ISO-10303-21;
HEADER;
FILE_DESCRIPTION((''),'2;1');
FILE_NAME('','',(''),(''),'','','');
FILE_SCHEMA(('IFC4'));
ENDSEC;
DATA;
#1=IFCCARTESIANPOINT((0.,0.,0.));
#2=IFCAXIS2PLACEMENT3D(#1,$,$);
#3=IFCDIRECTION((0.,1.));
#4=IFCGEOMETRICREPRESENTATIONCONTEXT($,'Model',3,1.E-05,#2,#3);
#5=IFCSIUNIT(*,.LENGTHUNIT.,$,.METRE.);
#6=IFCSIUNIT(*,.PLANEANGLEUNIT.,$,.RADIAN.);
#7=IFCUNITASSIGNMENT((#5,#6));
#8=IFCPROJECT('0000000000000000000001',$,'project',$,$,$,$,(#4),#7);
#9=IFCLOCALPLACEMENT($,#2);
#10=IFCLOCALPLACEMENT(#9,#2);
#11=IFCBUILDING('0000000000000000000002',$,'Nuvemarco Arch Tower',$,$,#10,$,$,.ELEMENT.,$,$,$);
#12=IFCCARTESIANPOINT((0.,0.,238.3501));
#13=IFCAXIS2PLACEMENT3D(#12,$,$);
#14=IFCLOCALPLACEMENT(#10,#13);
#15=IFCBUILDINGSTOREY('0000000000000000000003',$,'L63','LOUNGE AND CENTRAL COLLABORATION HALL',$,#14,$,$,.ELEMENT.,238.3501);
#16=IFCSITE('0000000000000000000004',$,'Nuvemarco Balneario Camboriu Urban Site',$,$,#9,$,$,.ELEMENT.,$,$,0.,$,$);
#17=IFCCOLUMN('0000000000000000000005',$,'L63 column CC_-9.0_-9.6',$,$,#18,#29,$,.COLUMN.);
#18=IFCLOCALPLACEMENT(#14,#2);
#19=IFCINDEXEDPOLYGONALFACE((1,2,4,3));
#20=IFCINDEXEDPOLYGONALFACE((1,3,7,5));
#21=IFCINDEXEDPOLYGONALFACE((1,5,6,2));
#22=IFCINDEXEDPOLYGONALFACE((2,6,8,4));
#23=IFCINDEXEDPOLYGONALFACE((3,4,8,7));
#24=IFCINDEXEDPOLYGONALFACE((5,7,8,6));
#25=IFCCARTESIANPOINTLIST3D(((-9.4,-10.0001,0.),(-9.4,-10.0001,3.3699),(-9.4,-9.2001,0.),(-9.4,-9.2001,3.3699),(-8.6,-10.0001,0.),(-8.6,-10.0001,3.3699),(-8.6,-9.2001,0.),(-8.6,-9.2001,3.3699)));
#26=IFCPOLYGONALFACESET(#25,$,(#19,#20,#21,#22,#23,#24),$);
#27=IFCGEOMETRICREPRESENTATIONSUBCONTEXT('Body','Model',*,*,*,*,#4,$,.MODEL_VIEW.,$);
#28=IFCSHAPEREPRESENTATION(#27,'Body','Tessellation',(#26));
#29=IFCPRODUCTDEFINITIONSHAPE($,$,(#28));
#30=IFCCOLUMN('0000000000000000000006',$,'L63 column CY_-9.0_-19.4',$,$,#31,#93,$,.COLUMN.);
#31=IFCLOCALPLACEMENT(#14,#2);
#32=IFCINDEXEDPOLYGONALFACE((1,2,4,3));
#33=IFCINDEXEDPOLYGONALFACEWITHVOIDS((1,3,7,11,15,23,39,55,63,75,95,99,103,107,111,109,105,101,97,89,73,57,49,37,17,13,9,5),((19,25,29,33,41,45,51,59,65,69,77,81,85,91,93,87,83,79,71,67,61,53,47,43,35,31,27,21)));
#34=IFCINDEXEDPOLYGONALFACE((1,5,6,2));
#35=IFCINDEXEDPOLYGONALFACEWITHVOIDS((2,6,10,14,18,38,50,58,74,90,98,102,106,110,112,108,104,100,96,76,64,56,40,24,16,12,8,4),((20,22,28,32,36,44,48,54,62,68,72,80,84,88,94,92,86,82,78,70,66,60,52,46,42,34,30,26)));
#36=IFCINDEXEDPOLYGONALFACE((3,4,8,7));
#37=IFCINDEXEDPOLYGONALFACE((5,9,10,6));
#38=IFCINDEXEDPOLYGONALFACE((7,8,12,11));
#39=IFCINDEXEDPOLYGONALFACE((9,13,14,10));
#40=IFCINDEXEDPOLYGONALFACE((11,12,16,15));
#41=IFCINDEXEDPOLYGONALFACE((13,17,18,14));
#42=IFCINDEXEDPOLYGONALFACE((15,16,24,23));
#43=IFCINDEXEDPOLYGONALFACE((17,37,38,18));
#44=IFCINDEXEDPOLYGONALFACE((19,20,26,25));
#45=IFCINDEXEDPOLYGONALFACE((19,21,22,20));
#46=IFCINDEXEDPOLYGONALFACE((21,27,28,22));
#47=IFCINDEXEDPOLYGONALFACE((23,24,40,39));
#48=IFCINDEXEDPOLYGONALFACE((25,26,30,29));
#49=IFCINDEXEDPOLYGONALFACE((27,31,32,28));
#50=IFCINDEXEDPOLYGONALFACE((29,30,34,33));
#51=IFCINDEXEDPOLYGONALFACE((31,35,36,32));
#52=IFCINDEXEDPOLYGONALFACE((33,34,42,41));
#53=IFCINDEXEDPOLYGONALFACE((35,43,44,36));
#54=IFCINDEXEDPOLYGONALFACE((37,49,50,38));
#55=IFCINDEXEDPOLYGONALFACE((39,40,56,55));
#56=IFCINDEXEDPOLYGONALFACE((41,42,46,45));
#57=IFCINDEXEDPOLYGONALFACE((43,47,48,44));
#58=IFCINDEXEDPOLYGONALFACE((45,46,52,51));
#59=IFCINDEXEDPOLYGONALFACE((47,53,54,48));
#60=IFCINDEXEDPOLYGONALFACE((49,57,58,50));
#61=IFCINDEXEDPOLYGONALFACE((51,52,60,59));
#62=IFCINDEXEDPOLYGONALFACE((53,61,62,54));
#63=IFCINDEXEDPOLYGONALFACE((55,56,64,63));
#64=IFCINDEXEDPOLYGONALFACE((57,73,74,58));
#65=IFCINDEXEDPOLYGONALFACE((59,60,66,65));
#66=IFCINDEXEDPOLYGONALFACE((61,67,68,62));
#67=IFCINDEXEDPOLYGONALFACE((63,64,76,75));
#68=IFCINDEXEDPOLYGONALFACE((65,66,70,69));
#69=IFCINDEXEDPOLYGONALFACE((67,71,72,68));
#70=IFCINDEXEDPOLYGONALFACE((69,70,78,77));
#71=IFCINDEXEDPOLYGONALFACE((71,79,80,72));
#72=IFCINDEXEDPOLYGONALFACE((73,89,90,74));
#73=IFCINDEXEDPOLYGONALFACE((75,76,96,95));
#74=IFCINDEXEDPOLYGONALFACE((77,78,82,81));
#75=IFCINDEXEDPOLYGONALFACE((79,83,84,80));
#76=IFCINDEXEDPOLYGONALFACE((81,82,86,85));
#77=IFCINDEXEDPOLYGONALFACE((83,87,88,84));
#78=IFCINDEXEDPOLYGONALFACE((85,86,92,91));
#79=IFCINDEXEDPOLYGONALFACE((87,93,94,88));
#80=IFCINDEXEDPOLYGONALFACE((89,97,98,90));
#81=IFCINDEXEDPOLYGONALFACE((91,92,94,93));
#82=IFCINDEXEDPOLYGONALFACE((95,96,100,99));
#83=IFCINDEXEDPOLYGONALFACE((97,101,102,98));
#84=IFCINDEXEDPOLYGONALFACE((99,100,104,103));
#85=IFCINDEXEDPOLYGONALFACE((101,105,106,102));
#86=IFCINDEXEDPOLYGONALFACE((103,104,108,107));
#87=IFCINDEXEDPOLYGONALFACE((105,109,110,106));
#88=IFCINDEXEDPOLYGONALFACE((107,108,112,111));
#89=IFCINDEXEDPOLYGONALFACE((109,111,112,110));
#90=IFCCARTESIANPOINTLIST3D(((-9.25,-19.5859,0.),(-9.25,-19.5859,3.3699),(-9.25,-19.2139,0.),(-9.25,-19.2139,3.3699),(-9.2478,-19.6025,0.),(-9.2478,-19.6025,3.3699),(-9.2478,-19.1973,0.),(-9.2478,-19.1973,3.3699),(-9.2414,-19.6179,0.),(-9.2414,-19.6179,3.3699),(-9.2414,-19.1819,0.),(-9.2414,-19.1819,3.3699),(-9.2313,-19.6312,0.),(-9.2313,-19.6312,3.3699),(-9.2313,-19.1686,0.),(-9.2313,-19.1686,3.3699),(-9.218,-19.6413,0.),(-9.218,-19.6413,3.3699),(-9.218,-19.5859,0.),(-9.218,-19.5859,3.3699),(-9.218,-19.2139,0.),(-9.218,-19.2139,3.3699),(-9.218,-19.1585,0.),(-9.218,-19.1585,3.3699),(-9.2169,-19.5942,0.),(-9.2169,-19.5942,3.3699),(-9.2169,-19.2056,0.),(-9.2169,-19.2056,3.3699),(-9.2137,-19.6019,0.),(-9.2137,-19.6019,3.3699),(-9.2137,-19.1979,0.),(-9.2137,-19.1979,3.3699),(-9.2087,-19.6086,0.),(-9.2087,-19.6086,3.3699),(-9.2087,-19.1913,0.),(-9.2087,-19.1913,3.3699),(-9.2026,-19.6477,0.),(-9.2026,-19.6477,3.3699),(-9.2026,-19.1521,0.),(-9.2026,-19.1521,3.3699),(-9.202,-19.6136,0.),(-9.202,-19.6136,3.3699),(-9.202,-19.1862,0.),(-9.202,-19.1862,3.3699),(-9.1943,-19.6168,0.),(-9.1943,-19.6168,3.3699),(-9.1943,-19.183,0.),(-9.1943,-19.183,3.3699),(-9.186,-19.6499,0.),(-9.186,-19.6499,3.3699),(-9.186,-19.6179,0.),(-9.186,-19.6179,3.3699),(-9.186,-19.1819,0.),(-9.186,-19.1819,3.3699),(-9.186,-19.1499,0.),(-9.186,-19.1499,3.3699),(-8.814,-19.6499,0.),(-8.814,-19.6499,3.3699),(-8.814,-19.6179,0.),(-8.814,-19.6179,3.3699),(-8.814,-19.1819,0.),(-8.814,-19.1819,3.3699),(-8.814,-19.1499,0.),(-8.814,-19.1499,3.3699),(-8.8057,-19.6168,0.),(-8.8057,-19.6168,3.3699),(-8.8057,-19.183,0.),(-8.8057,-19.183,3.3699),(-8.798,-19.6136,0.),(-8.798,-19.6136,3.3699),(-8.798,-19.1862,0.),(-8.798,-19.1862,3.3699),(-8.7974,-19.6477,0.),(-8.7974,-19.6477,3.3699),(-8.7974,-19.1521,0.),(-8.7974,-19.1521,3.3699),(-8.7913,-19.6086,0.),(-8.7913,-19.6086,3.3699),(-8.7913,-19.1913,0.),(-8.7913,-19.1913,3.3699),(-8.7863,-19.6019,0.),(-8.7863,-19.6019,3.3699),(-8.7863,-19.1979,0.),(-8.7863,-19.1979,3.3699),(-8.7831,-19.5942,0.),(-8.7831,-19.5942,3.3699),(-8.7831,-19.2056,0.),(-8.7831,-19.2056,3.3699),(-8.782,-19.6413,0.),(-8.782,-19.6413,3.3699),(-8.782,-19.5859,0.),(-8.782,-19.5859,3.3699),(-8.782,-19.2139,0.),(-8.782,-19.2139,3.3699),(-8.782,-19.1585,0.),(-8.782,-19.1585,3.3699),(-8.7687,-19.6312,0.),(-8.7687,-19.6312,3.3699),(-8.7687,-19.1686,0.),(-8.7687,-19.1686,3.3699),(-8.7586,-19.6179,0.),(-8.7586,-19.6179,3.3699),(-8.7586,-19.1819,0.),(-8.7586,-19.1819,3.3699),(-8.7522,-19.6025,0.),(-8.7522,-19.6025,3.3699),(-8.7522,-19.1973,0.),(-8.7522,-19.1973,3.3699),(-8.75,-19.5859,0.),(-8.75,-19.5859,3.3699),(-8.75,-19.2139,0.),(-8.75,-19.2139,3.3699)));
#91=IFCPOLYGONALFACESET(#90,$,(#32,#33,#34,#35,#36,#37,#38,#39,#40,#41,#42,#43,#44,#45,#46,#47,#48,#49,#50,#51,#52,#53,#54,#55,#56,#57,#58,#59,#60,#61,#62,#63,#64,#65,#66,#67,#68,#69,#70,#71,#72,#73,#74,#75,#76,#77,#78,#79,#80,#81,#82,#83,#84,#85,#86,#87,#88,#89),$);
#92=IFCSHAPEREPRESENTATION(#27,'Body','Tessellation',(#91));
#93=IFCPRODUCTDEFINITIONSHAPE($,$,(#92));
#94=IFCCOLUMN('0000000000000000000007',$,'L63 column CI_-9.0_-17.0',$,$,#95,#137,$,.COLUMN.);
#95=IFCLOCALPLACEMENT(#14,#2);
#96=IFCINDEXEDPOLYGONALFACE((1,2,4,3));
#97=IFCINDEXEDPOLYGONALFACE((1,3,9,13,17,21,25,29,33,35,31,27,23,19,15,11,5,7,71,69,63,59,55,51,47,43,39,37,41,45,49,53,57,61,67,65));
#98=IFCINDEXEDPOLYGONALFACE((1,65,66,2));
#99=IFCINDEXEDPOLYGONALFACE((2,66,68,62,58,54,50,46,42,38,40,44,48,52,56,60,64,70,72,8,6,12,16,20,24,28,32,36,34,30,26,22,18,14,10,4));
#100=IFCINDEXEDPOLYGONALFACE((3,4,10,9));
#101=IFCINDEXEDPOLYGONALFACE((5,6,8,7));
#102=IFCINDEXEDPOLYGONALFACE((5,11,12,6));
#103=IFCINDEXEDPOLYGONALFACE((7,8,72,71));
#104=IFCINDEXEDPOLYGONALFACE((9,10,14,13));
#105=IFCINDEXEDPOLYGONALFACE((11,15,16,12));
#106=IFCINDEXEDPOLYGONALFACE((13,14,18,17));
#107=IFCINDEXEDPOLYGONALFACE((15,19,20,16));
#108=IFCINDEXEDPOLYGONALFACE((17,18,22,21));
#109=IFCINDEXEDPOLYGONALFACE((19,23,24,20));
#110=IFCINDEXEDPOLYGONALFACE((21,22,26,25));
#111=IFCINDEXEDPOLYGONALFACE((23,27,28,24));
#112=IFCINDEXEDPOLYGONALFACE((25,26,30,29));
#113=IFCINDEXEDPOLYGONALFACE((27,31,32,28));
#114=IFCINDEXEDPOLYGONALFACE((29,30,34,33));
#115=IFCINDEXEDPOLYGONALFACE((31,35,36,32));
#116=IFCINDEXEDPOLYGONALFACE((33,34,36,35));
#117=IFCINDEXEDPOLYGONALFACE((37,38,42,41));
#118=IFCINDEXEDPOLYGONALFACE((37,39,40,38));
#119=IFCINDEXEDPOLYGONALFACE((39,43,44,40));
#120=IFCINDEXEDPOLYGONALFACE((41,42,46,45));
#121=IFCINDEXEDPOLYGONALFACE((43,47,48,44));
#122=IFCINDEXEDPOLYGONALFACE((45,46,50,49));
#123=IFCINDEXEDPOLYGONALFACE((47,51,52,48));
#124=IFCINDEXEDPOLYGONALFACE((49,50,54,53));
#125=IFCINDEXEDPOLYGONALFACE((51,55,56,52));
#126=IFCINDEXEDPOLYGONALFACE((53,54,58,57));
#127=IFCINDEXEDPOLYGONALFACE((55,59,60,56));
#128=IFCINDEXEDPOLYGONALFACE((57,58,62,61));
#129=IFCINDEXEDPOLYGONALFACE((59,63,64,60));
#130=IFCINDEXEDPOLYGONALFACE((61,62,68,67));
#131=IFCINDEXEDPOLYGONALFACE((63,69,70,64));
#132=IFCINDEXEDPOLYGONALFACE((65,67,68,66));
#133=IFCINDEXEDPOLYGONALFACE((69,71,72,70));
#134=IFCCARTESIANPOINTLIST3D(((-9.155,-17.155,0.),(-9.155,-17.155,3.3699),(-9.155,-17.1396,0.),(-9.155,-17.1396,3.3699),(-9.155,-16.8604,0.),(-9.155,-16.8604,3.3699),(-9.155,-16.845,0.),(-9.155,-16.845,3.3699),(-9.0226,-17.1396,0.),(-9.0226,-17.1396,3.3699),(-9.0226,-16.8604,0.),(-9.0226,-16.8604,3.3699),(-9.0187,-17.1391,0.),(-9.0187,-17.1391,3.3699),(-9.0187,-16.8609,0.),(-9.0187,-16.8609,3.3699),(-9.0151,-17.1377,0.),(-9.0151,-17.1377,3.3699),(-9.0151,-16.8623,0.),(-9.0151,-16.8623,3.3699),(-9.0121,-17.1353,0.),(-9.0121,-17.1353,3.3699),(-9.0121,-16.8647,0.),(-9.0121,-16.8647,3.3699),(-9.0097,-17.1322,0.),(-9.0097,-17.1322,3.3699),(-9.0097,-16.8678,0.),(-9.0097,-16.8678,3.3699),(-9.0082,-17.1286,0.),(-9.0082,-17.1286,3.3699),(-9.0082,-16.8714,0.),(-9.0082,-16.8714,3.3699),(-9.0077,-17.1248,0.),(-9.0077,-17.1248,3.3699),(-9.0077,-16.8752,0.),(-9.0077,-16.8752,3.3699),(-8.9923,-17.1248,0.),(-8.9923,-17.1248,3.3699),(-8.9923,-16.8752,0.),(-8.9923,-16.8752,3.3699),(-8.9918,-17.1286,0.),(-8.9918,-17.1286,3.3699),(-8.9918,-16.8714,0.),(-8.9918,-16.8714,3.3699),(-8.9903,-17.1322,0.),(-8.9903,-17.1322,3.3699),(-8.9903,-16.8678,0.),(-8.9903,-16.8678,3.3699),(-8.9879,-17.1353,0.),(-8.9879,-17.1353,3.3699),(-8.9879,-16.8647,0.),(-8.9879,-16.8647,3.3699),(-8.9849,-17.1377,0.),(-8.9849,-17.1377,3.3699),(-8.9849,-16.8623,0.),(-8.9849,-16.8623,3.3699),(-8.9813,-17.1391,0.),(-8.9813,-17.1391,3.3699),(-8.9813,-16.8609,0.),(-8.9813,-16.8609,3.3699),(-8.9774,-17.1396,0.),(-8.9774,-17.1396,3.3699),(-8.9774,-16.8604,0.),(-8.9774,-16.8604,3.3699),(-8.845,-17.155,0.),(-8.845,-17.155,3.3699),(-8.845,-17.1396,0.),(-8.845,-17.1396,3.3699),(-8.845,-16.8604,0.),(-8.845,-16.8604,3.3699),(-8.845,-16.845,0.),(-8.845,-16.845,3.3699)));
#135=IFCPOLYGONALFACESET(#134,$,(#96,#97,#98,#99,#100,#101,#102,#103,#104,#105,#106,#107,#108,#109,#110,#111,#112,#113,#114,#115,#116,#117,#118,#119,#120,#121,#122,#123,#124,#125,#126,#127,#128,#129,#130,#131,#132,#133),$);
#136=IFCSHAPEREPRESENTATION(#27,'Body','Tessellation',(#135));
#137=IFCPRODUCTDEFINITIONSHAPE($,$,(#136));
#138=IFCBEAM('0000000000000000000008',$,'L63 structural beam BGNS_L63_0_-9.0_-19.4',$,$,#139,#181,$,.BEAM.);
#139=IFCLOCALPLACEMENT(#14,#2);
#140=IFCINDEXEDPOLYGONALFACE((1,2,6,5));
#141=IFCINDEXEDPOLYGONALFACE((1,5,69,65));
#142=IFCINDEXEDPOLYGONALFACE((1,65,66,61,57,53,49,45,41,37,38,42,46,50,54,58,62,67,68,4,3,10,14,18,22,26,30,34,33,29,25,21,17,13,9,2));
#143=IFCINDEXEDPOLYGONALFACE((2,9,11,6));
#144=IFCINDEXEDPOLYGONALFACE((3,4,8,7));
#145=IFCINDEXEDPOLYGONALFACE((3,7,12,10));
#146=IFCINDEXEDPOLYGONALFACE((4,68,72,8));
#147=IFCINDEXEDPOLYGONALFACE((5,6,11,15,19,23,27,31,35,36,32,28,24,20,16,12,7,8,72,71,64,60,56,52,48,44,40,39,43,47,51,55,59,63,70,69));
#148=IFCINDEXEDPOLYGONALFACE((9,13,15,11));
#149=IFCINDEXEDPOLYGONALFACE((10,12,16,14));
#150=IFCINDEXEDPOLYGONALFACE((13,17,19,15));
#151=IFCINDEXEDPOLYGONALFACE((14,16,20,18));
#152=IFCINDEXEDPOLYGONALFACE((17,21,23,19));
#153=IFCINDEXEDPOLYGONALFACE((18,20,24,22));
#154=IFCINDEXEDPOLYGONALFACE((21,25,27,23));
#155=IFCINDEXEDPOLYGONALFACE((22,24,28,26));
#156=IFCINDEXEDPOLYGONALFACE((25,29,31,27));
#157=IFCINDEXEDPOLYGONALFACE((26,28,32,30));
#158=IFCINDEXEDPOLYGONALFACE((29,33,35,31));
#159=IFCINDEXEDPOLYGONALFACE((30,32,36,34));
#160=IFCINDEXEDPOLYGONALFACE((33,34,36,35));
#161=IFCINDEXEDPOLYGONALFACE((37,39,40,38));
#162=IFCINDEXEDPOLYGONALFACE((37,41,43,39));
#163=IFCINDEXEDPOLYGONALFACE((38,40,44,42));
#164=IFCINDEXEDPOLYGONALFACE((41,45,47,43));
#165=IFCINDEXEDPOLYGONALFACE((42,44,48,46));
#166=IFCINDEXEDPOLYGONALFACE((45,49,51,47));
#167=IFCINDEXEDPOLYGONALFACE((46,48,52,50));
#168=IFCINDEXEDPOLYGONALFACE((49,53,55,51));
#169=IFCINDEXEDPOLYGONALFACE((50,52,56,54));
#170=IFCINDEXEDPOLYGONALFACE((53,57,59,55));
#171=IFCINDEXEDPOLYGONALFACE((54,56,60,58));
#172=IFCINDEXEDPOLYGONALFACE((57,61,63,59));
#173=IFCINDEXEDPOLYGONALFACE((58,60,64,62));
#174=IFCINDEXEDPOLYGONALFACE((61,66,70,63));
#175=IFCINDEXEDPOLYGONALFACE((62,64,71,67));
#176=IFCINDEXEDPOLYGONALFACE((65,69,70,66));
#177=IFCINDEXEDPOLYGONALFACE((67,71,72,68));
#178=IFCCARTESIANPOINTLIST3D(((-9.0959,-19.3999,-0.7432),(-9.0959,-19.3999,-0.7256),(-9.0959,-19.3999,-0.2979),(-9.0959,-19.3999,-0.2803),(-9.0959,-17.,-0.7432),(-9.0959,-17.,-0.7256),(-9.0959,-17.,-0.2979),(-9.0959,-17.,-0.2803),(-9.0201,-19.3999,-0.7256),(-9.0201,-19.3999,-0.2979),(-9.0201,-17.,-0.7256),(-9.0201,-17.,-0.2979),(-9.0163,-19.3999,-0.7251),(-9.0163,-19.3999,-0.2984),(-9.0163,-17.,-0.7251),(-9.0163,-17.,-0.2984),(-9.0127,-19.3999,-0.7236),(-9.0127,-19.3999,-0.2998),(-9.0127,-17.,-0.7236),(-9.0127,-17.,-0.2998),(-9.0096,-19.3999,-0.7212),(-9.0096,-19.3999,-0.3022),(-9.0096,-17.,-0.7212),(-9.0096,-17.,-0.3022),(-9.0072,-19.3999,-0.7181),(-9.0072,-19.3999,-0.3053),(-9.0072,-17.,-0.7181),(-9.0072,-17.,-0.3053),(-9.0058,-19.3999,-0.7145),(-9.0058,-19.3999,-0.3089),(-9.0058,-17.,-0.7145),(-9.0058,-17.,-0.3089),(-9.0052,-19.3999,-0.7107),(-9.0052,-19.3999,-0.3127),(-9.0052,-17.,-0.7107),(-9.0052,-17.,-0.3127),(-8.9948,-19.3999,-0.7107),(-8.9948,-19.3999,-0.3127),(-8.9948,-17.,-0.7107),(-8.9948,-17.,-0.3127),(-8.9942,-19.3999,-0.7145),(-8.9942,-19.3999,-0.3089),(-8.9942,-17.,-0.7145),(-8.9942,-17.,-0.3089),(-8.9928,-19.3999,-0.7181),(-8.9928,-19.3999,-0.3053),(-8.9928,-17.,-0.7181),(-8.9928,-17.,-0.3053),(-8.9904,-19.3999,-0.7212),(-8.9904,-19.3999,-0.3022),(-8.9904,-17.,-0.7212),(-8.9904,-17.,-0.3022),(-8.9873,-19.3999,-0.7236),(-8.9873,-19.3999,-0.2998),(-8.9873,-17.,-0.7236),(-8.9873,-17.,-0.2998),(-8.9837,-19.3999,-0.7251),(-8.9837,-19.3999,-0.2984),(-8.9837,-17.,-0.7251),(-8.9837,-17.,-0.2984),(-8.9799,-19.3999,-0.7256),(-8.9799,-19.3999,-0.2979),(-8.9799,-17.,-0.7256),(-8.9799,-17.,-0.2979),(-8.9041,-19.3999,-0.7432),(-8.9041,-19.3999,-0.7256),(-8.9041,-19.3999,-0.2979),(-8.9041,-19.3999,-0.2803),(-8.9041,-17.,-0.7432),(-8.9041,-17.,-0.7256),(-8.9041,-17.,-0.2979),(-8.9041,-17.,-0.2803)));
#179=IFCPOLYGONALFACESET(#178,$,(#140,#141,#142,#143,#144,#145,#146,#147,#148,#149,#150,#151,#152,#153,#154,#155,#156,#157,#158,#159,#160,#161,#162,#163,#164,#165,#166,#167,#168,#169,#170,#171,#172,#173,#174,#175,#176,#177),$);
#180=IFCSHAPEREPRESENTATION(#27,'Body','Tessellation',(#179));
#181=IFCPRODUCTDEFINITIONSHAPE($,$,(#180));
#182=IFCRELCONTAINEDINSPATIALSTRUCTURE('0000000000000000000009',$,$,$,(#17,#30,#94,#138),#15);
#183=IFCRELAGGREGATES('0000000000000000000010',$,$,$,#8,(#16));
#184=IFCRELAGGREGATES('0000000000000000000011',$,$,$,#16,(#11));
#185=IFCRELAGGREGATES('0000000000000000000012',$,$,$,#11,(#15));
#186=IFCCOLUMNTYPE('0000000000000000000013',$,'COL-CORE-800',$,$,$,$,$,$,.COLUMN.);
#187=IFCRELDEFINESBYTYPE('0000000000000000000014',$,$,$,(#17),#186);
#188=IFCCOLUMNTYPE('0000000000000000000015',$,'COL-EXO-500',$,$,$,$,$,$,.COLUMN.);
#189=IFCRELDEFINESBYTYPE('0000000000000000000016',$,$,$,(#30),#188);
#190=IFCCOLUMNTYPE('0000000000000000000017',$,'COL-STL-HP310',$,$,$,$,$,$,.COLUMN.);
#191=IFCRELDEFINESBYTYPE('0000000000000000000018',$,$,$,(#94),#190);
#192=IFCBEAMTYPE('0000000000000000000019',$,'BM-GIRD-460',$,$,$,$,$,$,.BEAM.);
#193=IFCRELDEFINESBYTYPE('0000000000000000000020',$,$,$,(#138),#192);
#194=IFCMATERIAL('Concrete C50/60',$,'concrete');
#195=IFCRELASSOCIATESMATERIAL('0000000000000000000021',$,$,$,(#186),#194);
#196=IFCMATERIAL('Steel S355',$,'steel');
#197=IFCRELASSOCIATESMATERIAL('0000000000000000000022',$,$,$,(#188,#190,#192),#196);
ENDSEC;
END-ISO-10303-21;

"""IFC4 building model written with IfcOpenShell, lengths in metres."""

from ifc_helpers import new_model, si_unit, direction, frame, origin, origin_2d, place, context, subcontext, project, spatial, rectangle, hollow_rectangle, i_section, extrude, material, material_profile, profile_set, type_object, element, save


model = new_model("IFC4")

# Units and contexts
model_context = context("Model", 3, precision=1e-05, world=origin(), true_north=direction((0.0, 1.0)))
body_context = subcontext(model_context, "Body", "Model", "MODEL_VIEW")
ifc_project = project(units=[si_unit("LENGTHUNIT", "METRE"), si_unit("PLANEANGLEUNIT", "RADIAN")], contexts=[model_context])

# Site, building, storey
site_placement = place(None, origin())
site = spatial("IfcSite", under=ifc_project, at=site_placement, Name="Nuvemarco Balneario Camboriu Urban Site", CompositionType="ELEMENT", RefElevation=0.0)
building_placement = place(site_placement, origin())
building = spatial("IfcBuilding", under=site, at=building_placement, Name="Nuvemarco Arch Tower", CompositionType="ELEMENT")
storey_placement = place(building_placement, frame((0.0, 0.0, 238.3501)))
storey = spatial("IfcBuildingStorey", under=building, at=storey_placement, Name="L63", Description="LOUNGE AND CENTRAL COLLABORATION HALL", CompositionType="ELEMENT", Elevation=238.3501)

# Columns
ifc_material_1 = material(Name="Concrete C50/60", Category="concrete")
ifc_material_profile_1 = material_profile(ifc_material_1, rectangle(XDim=0.8, YDim=0.8, at=origin_2d()), Name="RC-COL-800x800")
ifc_profile_set_1 = profile_set([ifc_material_profile_1], Name="Concrete C50/60")
column_type_1 = type_object("IfcColumnType", Name="COL-CORE-800", PredefinedType="COLUMN", material=ifc_profile_set_1)
column_1_placement = place(storey_placement, frame((-9.0, -9.6001, 0.0), z_axis=(0.0, 0.0, 1.0), x_axis=(1.0, 0.0, 0.0)))
element("IfcColumn", 1, at=column_1_placement, inside=storey, type_object=column_type_1, Name="L63 column CC_-9.0_-9.6", PredefinedType="COLUMN", context=body_context, shape_type="SweptSolid", body=[
    extrude(rectangle(XDim=0.8, YDim=0.8, at=origin_2d()), origin(), (0.0, 0.0, 1.0), 3.3699),
])
ifc_material_2 = material(Name="Steel S355", Category="steel")
ifc_material_profile_2 = material_profile(ifc_material_2, hollow_rectangle(XDim=0.5, YDim=0.5, WallThickness=0.032, InnerFilletRadius=0.032, OuterFilletRadius=0.064, at=origin_2d()), Name="SHS500x500x32")
ifc_profile_set_2 = profile_set([ifc_material_profile_2], Name="Steel S355")
column_type_2 = type_object("IfcColumnType", Name="COL-EXO-500", PredefinedType="COLUMN", material=ifc_profile_set_2)
column_2_placement = place(storey_placement, frame((-9.0, -19.3999, 0.0), z_axis=(0.0, 0.0, 1.0), x_axis=(1.0, 0.0, 0.0)))
element("IfcColumn", 2, at=column_2_placement, inside=storey, type_object=column_type_2, Name="L63 column CY_-9.0_-19.4", PredefinedType="COLUMN", context=body_context, shape_type="SweptSolid", body=[
    extrude(hollow_rectangle(XDim=0.5, YDim=0.5, WallThickness=0.032, InnerFilletRadius=0.032, OuterFilletRadius=0.064, at=origin_2d()), origin(), (0.0, 0.0, 1.0), 3.3699),
])
ifc_material_profile_3 = material_profile(ifc_material_2, i_section(OverallWidth=0.3101, OverallDepth=0.3101, WebThickness=0.0154, FlangeThickness=0.0154, FilletRadius=0.0149, at=origin_2d()), Name="HP310x110")
ifc_profile_set_3 = profile_set([ifc_material_profile_3], Name="Steel S355")
column_type_3 = type_object("IfcColumnType", Name="COL-STL-HP310", PredefinedType="COLUMN", material=ifc_profile_set_3)
column_3_placement = place(storey_placement, frame((-9.0, -17.0, 0.0), z_axis=(0.0, 0.0, 1.0), x_axis=(1.0, 0.0, 0.0)))
element("IfcColumn", 3, at=column_3_placement, inside=storey, type_object=column_type_3, Name="L63 column CI_-9.0_-17.0", PredefinedType="COLUMN", context=body_context, shape_type="SweptSolid", body=[
    extrude(i_section(OverallWidth=0.3101, OverallDepth=0.3101, WebThickness=0.0154, FlangeThickness=0.0154, FilletRadius=0.0149, at=origin_2d()), origin(), (0.0, 0.0, 1.0), 3.3699),
])

# Beam
ifc_material_profile_4 = material_profile(ifc_material_2, i_section(OverallWidth=0.1919, OverallDepth=0.4629, WebThickness=0.0105, FlangeThickness=0.0176, FilletRadius=0.0149, at=origin_2d()), Name="W460x89")
ifc_profile_set_4 = profile_set([ifc_material_profile_4], Name="Steel S355")
beam_type_1 = type_object("IfcBeamType", Name="BM-GIRD-460", PredefinedType="BEAM", material=ifc_profile_set_4)
beam_1_placement = place(storey_placement, frame((-9.0, -19.3999, -0.5117), z_axis=(0.0, 1.0, 0.0), x_axis=(-1.0, 0.0, 0.0)))
element("IfcBeam", 4, at=beam_1_placement, inside=storey, type_object=beam_type_1, Name="L63 structural beam BGNS_L63_0_-9.0_-19.4", PredefinedType="BEAM", context=body_context, shape_type="SweptSolid", body=[
    extrude(i_section(OverallWidth=0.1919, OverallDepth=0.4629, WebThickness=0.0105, FlangeThickness=0.0176, FilletRadius=0.0149, at=origin_2d()), origin(), (0.0, 0.0, 1.0), 2.3999),
])

save(model, "model.ifc")
